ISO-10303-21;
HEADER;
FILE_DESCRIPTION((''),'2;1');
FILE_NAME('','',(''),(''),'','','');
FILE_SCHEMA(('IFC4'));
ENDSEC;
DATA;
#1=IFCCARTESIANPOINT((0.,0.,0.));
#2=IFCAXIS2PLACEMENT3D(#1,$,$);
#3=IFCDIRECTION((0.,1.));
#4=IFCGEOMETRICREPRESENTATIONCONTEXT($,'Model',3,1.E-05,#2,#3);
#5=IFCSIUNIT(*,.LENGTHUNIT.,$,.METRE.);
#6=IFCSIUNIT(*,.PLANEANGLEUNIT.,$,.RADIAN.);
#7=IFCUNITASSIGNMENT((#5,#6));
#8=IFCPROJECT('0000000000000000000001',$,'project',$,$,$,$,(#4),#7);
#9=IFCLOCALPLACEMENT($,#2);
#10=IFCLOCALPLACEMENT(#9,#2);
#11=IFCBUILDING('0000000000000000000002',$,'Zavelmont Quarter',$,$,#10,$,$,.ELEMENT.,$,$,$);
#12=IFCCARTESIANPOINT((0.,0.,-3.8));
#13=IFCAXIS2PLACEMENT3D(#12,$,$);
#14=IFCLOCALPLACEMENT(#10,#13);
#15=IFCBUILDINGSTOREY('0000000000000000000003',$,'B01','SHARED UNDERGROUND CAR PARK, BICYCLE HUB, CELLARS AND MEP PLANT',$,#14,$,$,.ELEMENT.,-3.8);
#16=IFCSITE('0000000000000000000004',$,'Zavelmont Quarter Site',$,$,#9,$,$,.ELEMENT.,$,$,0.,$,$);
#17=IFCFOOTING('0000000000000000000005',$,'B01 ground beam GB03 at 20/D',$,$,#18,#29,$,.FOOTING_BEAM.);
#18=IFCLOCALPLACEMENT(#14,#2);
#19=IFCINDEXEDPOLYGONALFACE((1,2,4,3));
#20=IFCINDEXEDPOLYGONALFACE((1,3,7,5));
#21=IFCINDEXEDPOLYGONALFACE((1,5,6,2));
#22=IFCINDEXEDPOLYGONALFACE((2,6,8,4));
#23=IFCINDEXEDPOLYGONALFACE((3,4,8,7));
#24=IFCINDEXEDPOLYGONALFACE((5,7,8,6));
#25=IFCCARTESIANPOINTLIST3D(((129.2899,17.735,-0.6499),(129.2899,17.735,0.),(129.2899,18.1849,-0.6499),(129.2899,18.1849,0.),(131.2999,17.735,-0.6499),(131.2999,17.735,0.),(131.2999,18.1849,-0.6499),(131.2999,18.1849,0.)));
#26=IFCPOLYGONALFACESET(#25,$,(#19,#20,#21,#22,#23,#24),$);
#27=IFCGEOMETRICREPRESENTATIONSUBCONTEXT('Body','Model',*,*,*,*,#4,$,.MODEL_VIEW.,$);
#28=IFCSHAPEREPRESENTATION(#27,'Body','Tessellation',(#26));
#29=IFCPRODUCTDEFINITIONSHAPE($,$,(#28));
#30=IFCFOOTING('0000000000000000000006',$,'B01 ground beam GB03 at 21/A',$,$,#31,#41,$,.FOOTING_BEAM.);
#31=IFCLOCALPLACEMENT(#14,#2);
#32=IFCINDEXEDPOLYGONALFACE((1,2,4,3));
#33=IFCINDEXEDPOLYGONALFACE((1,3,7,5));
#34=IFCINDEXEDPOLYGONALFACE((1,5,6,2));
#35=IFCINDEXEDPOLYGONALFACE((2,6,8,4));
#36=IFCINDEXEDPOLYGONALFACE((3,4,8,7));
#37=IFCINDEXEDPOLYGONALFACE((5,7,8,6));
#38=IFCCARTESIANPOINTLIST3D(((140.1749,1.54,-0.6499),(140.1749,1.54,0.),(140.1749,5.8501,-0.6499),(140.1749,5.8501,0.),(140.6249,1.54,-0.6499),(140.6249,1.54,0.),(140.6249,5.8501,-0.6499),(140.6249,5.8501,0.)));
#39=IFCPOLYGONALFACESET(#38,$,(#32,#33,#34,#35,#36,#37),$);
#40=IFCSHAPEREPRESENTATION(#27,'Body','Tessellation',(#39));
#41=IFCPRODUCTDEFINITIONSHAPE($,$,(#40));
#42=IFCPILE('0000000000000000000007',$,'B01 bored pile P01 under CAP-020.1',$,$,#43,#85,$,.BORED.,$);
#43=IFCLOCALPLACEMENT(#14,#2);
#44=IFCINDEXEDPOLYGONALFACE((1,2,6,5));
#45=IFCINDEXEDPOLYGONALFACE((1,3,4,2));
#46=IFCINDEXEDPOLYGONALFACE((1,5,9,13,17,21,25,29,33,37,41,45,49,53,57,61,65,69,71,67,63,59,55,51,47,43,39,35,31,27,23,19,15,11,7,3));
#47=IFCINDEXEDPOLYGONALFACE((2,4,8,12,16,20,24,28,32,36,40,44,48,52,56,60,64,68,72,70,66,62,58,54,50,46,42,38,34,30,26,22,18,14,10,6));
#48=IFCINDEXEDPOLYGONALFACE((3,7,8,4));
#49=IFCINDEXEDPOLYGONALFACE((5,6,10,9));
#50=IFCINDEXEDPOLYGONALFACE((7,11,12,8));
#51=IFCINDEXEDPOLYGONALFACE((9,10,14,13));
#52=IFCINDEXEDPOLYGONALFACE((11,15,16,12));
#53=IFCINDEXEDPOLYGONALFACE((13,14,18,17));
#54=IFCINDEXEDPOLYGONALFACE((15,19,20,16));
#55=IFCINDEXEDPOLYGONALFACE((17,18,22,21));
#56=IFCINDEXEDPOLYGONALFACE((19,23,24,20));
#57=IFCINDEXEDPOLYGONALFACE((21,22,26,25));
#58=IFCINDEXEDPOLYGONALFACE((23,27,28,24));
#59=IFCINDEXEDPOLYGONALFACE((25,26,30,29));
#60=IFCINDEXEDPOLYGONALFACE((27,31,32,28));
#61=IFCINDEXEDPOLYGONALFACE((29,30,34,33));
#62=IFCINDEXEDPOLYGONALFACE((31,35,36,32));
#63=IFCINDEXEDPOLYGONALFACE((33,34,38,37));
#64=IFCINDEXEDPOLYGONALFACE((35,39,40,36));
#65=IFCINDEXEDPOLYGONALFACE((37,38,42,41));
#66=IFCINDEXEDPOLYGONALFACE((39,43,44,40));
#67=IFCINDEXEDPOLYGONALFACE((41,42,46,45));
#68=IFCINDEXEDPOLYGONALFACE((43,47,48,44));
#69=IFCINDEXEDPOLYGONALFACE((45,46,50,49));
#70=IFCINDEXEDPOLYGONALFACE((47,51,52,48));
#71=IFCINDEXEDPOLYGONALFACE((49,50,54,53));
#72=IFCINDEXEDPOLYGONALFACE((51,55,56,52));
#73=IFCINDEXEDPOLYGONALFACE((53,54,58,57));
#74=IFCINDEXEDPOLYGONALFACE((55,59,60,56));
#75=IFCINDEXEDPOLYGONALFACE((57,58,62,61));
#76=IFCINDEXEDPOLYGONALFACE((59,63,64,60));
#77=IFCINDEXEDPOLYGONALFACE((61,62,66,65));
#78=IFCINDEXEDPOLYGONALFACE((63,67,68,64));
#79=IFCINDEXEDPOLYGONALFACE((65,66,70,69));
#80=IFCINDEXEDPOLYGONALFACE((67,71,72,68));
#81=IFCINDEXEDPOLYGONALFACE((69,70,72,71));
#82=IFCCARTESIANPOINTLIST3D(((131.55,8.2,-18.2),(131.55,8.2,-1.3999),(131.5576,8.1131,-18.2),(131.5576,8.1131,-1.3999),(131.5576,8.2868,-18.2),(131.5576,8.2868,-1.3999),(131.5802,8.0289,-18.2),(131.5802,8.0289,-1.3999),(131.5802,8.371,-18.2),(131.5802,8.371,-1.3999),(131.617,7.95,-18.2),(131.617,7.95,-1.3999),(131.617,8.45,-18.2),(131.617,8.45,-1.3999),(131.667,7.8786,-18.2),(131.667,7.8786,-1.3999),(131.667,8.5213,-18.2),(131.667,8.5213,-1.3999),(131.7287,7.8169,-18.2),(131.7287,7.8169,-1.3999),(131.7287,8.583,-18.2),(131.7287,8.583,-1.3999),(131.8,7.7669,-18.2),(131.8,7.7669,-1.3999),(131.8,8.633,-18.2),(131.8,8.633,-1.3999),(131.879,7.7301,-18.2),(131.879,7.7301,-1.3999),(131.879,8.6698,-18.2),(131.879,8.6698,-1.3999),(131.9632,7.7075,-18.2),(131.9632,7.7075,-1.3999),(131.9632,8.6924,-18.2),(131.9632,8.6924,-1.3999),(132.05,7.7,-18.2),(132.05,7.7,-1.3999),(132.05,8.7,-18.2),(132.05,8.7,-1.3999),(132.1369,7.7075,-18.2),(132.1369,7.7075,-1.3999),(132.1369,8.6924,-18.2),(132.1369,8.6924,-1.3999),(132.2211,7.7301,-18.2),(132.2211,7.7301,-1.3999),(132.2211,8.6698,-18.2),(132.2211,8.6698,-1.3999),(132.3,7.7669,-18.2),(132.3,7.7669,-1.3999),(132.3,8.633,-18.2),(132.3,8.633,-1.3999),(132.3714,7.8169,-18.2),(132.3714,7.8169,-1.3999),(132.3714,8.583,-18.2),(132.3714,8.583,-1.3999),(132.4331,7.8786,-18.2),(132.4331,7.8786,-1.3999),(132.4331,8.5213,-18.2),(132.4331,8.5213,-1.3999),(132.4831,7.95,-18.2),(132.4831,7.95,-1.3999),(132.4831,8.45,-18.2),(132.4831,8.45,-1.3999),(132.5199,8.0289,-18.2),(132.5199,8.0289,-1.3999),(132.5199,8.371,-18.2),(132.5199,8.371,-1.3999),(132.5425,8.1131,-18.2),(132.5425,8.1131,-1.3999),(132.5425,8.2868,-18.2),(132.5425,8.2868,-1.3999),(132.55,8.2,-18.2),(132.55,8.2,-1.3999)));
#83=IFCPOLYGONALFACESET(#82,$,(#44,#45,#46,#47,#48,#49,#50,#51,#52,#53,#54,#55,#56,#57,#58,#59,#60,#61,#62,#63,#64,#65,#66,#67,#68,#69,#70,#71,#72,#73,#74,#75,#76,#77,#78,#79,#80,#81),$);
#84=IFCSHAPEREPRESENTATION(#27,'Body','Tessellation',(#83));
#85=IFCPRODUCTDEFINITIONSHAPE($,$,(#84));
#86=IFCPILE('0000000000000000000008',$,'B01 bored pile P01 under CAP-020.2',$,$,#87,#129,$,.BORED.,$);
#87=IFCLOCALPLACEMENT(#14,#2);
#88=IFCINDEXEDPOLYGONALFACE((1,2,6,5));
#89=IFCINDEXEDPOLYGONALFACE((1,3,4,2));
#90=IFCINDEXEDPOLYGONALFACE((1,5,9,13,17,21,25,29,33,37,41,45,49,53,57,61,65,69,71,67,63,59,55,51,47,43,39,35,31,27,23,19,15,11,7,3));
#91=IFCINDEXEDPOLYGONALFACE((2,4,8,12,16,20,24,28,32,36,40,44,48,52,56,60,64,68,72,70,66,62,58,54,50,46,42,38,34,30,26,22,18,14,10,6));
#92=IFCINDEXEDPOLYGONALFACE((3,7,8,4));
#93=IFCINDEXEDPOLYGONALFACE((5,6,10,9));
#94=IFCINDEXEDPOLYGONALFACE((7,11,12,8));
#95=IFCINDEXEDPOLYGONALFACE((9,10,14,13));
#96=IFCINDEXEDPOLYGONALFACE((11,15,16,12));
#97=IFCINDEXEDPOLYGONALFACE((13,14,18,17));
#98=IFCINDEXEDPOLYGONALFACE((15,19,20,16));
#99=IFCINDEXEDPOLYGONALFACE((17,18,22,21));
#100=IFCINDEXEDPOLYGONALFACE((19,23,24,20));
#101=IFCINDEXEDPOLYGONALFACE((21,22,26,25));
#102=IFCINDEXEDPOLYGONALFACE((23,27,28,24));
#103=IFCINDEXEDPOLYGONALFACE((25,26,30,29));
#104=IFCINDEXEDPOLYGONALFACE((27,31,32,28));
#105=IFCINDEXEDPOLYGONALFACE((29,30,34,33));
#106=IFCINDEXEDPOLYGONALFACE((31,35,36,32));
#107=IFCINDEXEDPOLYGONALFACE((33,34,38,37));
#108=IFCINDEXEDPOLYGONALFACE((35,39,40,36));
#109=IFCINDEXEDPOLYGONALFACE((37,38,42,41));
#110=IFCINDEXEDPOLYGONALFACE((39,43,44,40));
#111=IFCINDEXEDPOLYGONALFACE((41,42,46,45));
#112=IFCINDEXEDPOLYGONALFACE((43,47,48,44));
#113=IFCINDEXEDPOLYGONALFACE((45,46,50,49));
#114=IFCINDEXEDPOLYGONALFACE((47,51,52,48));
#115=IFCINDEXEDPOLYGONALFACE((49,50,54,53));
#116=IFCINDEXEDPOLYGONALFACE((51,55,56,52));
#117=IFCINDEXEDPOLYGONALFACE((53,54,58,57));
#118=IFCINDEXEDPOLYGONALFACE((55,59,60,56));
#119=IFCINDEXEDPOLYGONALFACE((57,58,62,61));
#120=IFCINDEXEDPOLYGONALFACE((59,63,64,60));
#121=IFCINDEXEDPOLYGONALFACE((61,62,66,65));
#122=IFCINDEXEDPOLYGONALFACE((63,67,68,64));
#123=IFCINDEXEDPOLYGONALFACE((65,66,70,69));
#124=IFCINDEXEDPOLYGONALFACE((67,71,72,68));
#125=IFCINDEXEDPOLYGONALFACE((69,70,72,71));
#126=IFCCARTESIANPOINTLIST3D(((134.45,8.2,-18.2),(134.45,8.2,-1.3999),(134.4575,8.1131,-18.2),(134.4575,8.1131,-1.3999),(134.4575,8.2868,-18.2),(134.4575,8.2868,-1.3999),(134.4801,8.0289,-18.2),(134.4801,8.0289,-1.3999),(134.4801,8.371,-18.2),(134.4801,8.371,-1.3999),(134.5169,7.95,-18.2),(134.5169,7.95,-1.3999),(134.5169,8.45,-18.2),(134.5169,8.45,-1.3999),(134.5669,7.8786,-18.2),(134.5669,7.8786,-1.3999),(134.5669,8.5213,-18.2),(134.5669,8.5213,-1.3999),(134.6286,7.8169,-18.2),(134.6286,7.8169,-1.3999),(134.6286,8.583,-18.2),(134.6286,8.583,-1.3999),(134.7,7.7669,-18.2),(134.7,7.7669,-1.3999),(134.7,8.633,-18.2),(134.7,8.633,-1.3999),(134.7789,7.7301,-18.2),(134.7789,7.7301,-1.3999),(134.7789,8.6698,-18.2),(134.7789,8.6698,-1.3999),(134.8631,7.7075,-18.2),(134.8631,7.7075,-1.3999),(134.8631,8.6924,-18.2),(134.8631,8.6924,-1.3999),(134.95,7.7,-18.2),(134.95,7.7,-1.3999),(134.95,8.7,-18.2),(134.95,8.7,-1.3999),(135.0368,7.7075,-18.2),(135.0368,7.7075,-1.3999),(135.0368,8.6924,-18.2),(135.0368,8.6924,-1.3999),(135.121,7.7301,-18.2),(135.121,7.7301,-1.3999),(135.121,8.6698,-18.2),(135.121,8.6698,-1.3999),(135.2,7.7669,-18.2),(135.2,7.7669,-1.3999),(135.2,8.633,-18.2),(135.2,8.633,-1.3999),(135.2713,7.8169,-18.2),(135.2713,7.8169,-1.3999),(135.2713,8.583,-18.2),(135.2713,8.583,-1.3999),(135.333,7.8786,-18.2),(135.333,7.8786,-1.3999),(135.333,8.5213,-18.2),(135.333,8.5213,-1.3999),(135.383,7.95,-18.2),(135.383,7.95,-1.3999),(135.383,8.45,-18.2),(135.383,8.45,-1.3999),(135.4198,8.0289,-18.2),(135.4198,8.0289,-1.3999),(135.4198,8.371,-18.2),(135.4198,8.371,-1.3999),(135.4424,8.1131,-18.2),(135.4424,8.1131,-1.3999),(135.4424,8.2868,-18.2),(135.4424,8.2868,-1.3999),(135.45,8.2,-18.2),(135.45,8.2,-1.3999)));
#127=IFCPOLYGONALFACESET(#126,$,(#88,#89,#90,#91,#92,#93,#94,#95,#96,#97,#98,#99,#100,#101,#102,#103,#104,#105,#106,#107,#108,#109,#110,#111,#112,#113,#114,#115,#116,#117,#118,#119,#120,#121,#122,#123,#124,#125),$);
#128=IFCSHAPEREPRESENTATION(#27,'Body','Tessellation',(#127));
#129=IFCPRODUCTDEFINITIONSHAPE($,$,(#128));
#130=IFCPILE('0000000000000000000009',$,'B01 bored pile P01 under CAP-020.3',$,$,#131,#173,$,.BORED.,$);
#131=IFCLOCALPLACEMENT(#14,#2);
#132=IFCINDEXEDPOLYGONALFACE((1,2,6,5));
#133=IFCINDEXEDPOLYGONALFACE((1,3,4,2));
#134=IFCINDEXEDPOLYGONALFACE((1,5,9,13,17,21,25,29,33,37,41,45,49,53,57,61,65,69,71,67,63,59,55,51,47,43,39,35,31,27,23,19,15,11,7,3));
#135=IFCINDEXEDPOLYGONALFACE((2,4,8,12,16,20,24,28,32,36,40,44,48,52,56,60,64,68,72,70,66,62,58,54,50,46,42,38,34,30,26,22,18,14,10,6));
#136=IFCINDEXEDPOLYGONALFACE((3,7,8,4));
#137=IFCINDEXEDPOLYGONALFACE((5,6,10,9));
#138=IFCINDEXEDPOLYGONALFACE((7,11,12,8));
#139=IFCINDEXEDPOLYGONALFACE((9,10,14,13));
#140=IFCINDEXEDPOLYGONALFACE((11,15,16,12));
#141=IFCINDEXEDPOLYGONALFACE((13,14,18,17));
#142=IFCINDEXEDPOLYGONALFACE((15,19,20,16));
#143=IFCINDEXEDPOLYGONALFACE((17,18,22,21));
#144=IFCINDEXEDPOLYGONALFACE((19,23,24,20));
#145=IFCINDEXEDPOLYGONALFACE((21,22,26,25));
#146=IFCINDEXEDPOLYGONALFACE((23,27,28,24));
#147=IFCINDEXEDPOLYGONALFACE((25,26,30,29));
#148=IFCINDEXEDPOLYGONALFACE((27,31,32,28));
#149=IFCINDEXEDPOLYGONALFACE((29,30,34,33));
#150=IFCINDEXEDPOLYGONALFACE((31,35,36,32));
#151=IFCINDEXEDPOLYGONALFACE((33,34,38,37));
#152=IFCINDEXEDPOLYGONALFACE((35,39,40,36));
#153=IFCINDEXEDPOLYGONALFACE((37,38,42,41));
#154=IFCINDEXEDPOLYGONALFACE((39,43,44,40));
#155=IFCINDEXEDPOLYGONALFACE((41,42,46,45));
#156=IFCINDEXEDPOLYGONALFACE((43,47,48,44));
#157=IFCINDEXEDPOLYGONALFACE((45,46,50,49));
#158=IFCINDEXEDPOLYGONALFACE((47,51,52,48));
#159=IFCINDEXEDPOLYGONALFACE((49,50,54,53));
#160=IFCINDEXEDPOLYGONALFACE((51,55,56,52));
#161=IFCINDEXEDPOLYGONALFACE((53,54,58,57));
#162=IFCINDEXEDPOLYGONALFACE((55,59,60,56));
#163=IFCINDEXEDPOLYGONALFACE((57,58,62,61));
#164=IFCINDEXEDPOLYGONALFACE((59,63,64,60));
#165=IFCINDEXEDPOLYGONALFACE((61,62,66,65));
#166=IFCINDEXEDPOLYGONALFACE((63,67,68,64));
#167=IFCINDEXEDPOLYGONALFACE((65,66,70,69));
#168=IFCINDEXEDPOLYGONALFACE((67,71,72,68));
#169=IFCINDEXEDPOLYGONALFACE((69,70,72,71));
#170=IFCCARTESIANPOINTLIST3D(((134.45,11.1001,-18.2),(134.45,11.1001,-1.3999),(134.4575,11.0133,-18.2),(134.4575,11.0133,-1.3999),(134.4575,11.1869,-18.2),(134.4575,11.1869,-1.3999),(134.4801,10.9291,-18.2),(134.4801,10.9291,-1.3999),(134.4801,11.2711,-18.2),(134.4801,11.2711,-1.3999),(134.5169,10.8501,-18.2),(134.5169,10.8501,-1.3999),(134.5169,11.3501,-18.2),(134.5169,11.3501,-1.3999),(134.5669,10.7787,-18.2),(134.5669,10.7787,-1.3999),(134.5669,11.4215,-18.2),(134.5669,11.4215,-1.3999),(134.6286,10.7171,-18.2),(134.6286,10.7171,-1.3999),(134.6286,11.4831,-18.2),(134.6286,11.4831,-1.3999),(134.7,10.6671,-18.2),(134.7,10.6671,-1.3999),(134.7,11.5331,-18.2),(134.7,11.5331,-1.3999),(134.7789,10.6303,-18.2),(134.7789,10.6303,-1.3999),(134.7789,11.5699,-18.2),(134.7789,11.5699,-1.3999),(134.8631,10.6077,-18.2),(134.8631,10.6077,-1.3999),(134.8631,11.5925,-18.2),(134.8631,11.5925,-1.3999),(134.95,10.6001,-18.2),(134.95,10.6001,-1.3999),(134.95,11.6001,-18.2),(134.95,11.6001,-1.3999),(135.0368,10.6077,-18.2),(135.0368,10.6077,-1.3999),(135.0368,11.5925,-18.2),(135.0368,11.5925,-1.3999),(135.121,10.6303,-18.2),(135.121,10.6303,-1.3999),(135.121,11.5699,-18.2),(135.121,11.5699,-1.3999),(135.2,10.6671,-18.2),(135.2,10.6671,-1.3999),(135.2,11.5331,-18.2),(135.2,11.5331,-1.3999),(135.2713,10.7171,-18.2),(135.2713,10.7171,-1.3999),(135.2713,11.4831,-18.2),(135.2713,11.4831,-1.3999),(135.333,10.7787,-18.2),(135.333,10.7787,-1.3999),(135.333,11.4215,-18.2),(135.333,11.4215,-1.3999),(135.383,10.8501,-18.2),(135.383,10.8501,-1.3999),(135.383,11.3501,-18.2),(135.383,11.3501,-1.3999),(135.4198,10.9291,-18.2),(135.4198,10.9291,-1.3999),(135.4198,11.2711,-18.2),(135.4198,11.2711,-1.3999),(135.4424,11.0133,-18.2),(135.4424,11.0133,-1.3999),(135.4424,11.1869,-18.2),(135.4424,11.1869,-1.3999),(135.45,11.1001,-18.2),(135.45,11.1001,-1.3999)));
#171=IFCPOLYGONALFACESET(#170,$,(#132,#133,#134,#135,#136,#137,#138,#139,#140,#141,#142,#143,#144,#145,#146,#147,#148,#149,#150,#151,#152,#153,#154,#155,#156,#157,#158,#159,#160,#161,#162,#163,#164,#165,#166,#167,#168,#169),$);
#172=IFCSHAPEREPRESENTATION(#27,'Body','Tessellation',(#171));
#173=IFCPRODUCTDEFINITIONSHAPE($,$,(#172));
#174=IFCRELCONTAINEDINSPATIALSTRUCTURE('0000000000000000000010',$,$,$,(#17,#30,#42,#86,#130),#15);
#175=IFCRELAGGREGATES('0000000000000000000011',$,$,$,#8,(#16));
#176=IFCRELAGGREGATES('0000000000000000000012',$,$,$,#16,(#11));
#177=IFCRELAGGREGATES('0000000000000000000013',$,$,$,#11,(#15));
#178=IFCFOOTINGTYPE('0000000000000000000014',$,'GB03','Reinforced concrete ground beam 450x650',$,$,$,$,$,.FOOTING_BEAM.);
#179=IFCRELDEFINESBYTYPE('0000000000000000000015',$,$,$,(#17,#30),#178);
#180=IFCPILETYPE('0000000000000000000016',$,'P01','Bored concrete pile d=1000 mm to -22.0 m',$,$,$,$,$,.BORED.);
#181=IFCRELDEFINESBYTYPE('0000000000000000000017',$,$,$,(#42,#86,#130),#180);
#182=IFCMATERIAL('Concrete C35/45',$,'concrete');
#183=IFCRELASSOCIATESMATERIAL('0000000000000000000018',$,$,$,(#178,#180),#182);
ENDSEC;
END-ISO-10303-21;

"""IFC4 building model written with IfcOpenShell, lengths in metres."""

from ifc_helpers import new_model, si_unit, direction, frame, origin, origin_2d, place, context, subcontext, project, spatial, rectangle, circle, extrude, material, material_profile, profile_set, type_object, element, save


model = new_model("IFC4")

# Units and contexts
model_context = context("Model", 3, precision=1e-05, world=origin(), true_north=direction((0.0, 1.0)))
body_context = subcontext(model_context, "Body", "Model", "MODEL_VIEW")
ifc_project = project(units=[si_unit("LENGTHUNIT", "METRE"), si_unit("PLANEANGLEUNIT", "RADIAN")], contexts=[model_context])

# Site, building, storey
site_placement = place(None, origin())
site = spatial("IfcSite", under=ifc_project, at=site_placement, Name="Zavelmont Quarter Site", CompositionType="ELEMENT", RefElevation=0.0)
building_placement = place(site_placement, origin())
building = spatial("IfcBuilding", under=site, at=building_placement, Name="Zavelmont Quarter", CompositionType="ELEMENT")
storey_placement = place(building_placement, frame((0.0, 0.0, -3.8)))
storey = spatial("IfcBuildingStorey", under=building, at=storey_placement, Name="B01", Description="SHARED UNDERGROUND CAR PARK, BICYCLE HUB, CELLARS AND MEP PLANT", CompositionType="ELEMENT", Elevation=-3.8)

# Footings
ifc_material_1 = material(Name="Concrete C35/45", Category="concrete")
footing_type_1 = type_object("IfcFootingType", Name="GB03", Description="Reinforced concrete ground beam 450x650", PredefinedType="FOOTING_BEAM", material=ifc_material_1)
footing_1_placement = place(storey_placement, frame((130.2949, 17.96, -0.6499), z_axis=(0.0, 0.0, 1.0), x_axis=(1.0, 0.0, 0.0)))
element("IfcFooting", 1, at=footing_1_placement, inside=storey, type_object=footing_type_1, Name="B01 ground beam GB03 at 20/D", PredefinedType="FOOTING_BEAM", context=body_context, shape_type="SweptSolid", body=[
    extrude(rectangle(XDim=2.01, YDim=0.45, at=origin_2d()), origin(), (0.0, 0.0, 1.0), 0.6499),
])
footing_2_placement = place(storey_placement, frame((140.3999, 3.6951, -0.6499), z_axis=(0.0, 0.0, 1.0), x_axis=(0.0, 1.0, 0.0)))
element("IfcFooting", 2, at=footing_2_placement, inside=storey, type_object=footing_type_1, Name="B01 ground beam GB03 at 21/A", PredefinedType="FOOTING_BEAM", context=body_context, shape_type="SweptSolid", body=[
    extrude(rectangle(XDim=4.3101, YDim=0.45, at=origin_2d()), origin(), (0.0, 0.0, 1.0), 0.6499),
])

# Piles
ifc_material_profile_1 = material_profile(ifc_material_1, circle(Radius=0.5, at=origin_2d()), Name="BP1000")
ifc_profile_set_1 = profile_set([ifc_material_profile_1], Name="Concrete C35/45")
pile_type_1 = type_object("IfcPileType", Name="P01", Description="Bored concrete pile d=1000 mm to -22.0 m", PredefinedType="BORED", material=ifc_profile_set_1)
for number, where, z_axis, x_axis, name in (
    (3, (132.05, 8.2, -1.3999), (0.0, 0.0, -1.0), (1.0, 0.0, 0.0), "B01 bored pile P01 under CAP-020.1"),
    (4, (134.95, 8.2, -1.3999), (0.0, 0.0, -1.0), (1.0, 0.0, 0.0), "B01 bored pile P01 under CAP-020.2"),
    (5, (134.95, 11.1001, -1.3999), (0.0, 0.0, -1.0), (1.0, 0.0, 0.0), "B01 bored pile P01 under CAP-020.3"),
):
    element("IfcPile", number, at=place(storey_placement, frame(where, z_axis=z_axis, x_axis=x_axis)), inside=storey, type_object=pile_type_1, Name=name, PredefinedType="BORED", context=body_context, shape_type="SweptSolid", body=[
        extrude(circle(Radius=0.5, at=origin_2d()), origin(), (0.0, 0.0, 1.0), 16.8),
    ])

save(model, "model.ifc")
